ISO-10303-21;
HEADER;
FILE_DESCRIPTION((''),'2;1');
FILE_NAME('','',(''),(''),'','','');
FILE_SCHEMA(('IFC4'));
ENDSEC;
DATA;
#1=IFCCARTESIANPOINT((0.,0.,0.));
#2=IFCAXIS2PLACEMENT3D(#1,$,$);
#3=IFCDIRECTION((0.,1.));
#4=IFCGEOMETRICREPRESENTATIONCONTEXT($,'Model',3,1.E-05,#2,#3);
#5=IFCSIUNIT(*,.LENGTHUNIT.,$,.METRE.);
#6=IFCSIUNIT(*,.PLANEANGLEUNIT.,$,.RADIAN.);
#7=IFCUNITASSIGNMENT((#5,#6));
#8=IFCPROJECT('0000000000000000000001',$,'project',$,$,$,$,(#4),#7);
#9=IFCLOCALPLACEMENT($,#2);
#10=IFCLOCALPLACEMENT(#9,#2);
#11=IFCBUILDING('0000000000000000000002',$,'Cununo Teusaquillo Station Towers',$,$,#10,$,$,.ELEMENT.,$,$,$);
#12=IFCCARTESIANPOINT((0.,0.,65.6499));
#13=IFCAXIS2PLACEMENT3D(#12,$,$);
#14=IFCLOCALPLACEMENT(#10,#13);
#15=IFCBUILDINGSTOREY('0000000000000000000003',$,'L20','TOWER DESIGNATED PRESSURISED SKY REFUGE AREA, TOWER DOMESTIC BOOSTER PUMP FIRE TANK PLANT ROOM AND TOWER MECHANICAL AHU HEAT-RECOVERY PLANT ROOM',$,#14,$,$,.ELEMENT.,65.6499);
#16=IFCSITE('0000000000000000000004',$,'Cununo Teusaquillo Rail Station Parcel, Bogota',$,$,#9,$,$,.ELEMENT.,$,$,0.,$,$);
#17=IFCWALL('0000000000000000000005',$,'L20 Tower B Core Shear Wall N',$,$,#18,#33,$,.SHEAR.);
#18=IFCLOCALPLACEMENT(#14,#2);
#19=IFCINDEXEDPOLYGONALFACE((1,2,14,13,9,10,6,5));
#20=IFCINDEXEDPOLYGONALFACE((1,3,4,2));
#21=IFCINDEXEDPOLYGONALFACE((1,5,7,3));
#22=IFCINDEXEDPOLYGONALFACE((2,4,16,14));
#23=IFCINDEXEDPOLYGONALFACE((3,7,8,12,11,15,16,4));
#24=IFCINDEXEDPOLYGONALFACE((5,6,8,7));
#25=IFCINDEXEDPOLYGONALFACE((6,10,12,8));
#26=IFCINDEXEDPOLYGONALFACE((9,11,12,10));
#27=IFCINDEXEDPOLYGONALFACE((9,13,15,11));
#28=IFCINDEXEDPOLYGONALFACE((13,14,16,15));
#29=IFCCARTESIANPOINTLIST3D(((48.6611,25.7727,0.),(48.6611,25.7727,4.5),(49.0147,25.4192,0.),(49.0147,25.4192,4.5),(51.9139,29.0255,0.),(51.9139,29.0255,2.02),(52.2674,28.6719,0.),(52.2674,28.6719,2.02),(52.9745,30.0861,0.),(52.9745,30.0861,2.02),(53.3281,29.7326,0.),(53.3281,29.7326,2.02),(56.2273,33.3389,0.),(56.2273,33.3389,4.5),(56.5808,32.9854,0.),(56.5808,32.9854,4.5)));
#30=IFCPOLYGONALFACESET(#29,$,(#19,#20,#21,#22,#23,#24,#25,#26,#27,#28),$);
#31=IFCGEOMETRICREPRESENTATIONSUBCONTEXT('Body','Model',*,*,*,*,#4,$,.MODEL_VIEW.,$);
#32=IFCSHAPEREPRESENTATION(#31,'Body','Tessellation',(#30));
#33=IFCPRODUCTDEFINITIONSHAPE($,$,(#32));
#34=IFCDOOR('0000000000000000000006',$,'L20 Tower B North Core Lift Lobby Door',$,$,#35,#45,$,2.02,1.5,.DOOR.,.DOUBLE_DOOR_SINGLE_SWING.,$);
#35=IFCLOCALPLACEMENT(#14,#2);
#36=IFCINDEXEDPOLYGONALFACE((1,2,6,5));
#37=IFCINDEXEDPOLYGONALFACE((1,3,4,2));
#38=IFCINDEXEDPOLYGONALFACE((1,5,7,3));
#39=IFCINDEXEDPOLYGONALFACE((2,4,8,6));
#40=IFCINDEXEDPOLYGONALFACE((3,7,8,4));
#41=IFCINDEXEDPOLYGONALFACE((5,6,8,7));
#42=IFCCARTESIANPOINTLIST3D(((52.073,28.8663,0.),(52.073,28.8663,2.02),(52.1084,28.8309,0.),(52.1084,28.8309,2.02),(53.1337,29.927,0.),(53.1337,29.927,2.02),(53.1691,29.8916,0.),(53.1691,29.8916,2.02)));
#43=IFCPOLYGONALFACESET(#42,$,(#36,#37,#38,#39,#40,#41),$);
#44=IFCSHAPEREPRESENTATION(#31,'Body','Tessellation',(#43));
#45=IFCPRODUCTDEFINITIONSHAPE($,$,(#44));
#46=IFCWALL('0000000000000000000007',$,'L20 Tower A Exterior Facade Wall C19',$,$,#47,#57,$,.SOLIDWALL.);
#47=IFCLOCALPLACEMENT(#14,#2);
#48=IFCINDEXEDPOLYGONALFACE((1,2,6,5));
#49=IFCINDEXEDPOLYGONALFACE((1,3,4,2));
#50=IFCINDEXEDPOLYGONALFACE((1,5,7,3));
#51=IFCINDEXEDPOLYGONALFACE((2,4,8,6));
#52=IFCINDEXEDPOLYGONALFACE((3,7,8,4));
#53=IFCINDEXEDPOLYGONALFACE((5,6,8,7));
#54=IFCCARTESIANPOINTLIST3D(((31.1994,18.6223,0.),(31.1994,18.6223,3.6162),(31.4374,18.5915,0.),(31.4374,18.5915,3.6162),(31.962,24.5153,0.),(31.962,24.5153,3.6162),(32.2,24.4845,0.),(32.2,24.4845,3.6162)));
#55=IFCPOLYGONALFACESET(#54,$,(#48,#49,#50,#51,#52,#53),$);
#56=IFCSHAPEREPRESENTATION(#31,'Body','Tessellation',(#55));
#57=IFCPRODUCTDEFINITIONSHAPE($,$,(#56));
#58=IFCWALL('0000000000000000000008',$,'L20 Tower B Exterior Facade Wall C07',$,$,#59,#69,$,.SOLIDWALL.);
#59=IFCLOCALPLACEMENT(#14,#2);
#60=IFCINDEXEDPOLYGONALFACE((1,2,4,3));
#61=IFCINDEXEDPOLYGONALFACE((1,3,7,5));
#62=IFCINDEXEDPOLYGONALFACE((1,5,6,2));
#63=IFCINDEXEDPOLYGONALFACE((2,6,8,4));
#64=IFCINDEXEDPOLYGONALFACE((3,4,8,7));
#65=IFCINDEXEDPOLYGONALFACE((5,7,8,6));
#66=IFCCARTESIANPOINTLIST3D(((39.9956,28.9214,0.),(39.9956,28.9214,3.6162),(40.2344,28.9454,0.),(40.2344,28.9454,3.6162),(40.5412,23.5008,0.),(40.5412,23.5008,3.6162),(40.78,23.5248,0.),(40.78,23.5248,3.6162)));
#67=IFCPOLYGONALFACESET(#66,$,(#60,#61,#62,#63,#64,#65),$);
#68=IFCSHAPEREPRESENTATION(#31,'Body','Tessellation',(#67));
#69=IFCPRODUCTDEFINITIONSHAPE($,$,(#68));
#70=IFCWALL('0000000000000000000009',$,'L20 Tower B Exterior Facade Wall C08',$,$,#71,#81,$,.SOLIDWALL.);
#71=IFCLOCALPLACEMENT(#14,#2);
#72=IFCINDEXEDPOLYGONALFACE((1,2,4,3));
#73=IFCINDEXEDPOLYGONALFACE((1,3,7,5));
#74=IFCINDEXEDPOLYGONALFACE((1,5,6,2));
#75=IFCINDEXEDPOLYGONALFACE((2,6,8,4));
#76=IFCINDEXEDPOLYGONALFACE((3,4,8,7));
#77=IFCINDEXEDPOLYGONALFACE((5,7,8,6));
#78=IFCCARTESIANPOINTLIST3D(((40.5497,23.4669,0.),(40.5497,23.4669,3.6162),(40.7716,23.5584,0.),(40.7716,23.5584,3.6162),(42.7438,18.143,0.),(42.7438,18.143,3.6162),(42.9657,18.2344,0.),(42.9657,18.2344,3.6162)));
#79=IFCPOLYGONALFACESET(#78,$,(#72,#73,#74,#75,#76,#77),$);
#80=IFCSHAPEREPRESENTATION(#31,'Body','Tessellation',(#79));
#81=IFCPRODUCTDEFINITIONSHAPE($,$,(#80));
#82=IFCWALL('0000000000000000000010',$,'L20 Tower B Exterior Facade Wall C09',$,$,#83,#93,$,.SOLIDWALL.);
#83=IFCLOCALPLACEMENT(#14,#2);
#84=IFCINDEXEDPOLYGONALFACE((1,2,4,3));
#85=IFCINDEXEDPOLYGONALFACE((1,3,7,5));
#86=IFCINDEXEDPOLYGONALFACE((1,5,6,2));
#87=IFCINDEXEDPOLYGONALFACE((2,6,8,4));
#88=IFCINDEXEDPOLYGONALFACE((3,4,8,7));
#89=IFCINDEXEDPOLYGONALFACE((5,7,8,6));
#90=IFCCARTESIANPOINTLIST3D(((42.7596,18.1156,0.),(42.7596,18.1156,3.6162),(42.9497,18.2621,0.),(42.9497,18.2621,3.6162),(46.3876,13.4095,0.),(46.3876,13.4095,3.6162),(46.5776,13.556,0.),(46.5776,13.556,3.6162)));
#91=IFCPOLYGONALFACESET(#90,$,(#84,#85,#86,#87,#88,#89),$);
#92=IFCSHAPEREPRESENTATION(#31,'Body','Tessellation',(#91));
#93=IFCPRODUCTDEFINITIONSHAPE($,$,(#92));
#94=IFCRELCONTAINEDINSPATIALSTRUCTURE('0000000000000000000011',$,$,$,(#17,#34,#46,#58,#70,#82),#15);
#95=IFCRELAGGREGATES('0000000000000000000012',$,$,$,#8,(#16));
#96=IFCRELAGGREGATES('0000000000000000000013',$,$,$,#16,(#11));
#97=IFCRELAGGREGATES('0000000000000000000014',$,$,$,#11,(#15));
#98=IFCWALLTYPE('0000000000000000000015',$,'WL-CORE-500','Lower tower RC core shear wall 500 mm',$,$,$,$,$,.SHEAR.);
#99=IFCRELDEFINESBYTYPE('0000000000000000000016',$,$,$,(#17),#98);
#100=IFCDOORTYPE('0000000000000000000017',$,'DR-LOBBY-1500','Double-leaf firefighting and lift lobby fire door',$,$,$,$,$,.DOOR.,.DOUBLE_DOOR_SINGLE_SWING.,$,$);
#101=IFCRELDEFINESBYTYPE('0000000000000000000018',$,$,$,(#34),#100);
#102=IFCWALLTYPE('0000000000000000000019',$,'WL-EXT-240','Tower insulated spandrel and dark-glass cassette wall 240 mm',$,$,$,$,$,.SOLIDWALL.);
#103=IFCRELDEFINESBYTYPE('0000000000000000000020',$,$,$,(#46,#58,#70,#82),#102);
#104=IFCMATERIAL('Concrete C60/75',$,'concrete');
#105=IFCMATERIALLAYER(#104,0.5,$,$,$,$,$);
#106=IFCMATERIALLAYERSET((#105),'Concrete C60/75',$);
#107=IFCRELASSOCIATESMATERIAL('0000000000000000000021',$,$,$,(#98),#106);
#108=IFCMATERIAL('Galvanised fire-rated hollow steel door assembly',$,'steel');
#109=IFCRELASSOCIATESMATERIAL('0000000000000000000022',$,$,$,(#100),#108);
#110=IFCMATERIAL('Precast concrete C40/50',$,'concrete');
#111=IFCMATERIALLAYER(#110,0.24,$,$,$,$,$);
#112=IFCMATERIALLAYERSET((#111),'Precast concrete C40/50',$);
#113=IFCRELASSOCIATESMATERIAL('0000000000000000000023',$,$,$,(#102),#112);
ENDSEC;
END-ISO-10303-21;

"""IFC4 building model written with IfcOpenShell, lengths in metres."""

from ifc_helpers import new_model, si_unit, direction, frame, frame_2d, origin, place, context, subcontext, project, spatial, rectangle, extrude, source, transform, mapped, material, layer, layer_set, type_object, element, fill, save


model = new_model("IFC4")

# Units and contexts
model_context = context("Model", 3, precision=1e-05, world=origin(), true_north=direction((0.0, 1.0)))
body_context = subcontext(model_context, "Body", "Model", "MODEL_VIEW")
ifc_project = project(units=[si_unit("LENGTHUNIT", "METRE"), si_unit("PLANEANGLEUNIT", "RADIAN")], contexts=[model_context])

# Site, building, storey
site_placement = place(None, origin())
site = spatial("IfcSite", under=ifc_project, at=site_placement, Name="Cununo Teusaquillo Rail Station Parcel, Bogota", CompositionType="ELEMENT", RefElevation=0.0)
building_placement = place(site_placement, origin())
building = spatial("IfcBuilding", under=site, at=building_placement, Name="Cununo Teusaquillo Station Towers", CompositionType="ELEMENT")
storey_placement = place(building_placement, frame((0.0, 0.0, 65.6499)))
storey = spatial("IfcBuildingStorey", under=building, at=storey_placement, Name="L20", Description="TOWER DESIGNATED PRESSURISED SKY REFUGE AREA, TOWER DOMESTIC BOOSTER PUMP FIRE TANK PLANT ROOM AND TOWER MECHANICAL AHU HEAT-RECOVERY PLANT ROOM", CompositionType="ELEMENT", Elevation=65.6499)

# Wall, opening, door
ifc_material_1 = material(Name="Concrete C60/75", Category="concrete")
ifc_layer_1 = layer(ifc_material_1, 0.5)
ifc_layer_set_1 = layer_set([ifc_layer_1], Name="Concrete C60/75")
wall_type_1 = type_object("IfcWallType", Name="WL-CORE-500", Description="Lower tower RC core shear wall 500 mm", PredefinedType="SHEAR", material=ifc_layer_set_1)
wall_1_placement = place(storey_placement, frame((48.8379, 25.5959, 0.0), z_axis=(0.0, 0.0, 1.0), x_axis=(0.707107, 0.707107, 0.0)))
wall_1 = element("IfcWall", 1, at=wall_1_placement, inside=storey, type_object=wall_type_1, Name="L20 Tower B Core Shear Wall N", PredefinedType="SHEAR", context=body_context, shape_type="SweptSolid", body=[
    extrude(rectangle(XDim=10.7002, YDim=0.5, at=frame_2d((5.3501, 0.0))), origin(), (0.0, 0.0, 1.0), 4.5),
])
shared_shape_1 = source(origin(), body_context, "Body", "SweptSolid", [
    extrude(rectangle(XDim=1.5, YDim=2.02, at=frame_2d((0.75, 1.01))), frame((0.0, 0.26, 0.0), z_axis=(0.0, -1.0, 0.0), x_axis=(1.0, 0.0, 0.0)), (0.0, 0.0, 1.0), 0.52),
])
opening_placement = place(wall_1_placement, frame((4.6001, 0.0, 0.0)))
opening = element("IfcOpeningElement", 2, at=opening_placement, cuts=wall_1, PredefinedType="OPENING", context=body_context, shape_type="MappedRepresentation", body=[
    mapped(shared_shape_1, transform((0.0, 0.0, 0.0), x_axis=(1.0, 0.0, 0.0), y_axis=(0.0, 1.0, 0.0), z_axis=(0.0, 0.0, 1.0), scale=1.0)),
])
ifc_material_2 = material(Name="Galvanised fire-rated hollow steel door assembly", Category="steel")
door_type = type_object("IfcDoorType", Name="DR-LOBBY-1500", Description="Double-leaf firefighting and lift lobby fire door", OperationType="DOUBLE_DOOR_SINGLE_SWING", PredefinedType="DOOR", material=ifc_material_2)
shared_shape_2 = source(origin(), body_context, "Body", "SweptSolid", [
    extrude(rectangle(XDim=1.5, YDim=2.02, at=frame_2d((0.75, 1.01))), frame((0.0, 0.0249, 0.0), z_axis=(0.0, -1.0, 0.0), x_axis=(1.0, 0.0, 0.0)), (0.0, 0.0, 1.0), 0.05),
])
door_placement = place(opening_placement, origin())
door = element("IfcDoor", 3, at=door_placement, inside=storey, type_object=door_type, Name="L20 Tower B North Core Lift Lobby Door", OperationType="DOUBLE_DOOR_SINGLE_SWING", OverallHeight=2.02, OverallWidth=1.5, PredefinedType="DOOR", context=body_context, shape_type="MappedRepresentation", body=[
    mapped(shared_shape_2, transform((0.0, 0.0, 0.0), x_axis=(1.0, 0.0, 0.0), y_axis=(0.0, 1.0, 0.0), z_axis=(0.0, 0.0, 1.0), scale=1.0)),
])
fill(opening, door)

# Walls
ifc_material_3 = material(Name="Precast concrete C40/50", Category="concrete")
ifc_layer_2 = layer(ifc_material_3, 0.24)
ifc_layer_set_2 = layer_set([ifc_layer_2], Name="Precast concrete C40/50")
wall_type_2 = type_object("IfcWallType", Name="WL-EXT-240", Description="Tower insulated spandrel and dark-glass cassette wall 240 mm", PredefinedType="SOLIDWALL", material=ifc_layer_set_2)
wall_2_placement = place(storey_placement, frame((32.0811, 24.5, 0.0), z_axis=(0.0, 0.0, 1.0), x_axis=(-0.128352, -0.991729, 0.0)))
element("IfcWall", 4, at=wall_2_placement, inside=storey, type_object=wall_type_2, Name="L20 Tower A Exterior Facade Wall C19", PredefinedType="SOLIDWALL", context=body_context, shape_type="SweptSolid", body=[
    extrude(rectangle(XDim=5.9421, YDim=0.24, at=frame_2d((2.9712, 0.0))), origin(), (0.0, 0.0, 1.0), 3.6162),
])
wall_3_placement = place(storey_placement, frame((40.6606, 23.5127, 0.0), z_axis=(0.0, 0.0, 1.0), x_axis=(-0.100156, 0.994972, 0.0)))
element("IfcWall", 5, at=wall_3_placement, inside=storey, type_object=wall_type_2, Name="L20 Tower B Exterior Facade Wall C07", PredefinedType="SOLIDWALL", context=body_context, shape_type="SweptSolid", body=[
    extrude(rectangle(XDim=5.448, YDim=0.24, at=frame_2d((2.7241, 0.0))), origin(), (0.0, 0.0, 1.0), 3.6162),
])
wall_4_placement = place(storey_placement, frame((42.8547, 18.1887, 0.0), z_axis=(0.0, 0.0, 1.0), x_axis=(-0.381027, 0.924564, 0.0)))
element("IfcWall", 6, at=wall_4_placement, inside=storey, type_object=wall_type_2, Name="L20 Tower B Exterior Facade Wall C08", PredefinedType="SOLIDWALL", context=body_context, shape_type="SweptSolid", body=[
    extrude(rectangle(XDim=5.7583, YDim=0.24, at=frame_2d((2.8792, 0.0))), origin(), (0.0, 0.0, 1.0), 3.6162),
])
wall_5_placement = place(storey_placement, frame((46.4827, 13.4827, 0.0), z_axis=(0.0, 0.0, 1.0), x_axis=(-0.610544, 0.791982, 0.0)))
element("IfcWall", 7, at=wall_5_placement, inside=storey, type_object=wall_type_2, Name="L20 Tower B Exterior Facade Wall C09", PredefinedType="SOLIDWALL", context=body_context, shape_type="SweptSolid", body=[
    extrude(rectangle(XDim=5.9421, YDim=0.24, at=frame_2d((2.9712, 0.0))), origin(), (0.0, 0.0, 1.0), 3.6162),
])

save(model, "model.ifc")
